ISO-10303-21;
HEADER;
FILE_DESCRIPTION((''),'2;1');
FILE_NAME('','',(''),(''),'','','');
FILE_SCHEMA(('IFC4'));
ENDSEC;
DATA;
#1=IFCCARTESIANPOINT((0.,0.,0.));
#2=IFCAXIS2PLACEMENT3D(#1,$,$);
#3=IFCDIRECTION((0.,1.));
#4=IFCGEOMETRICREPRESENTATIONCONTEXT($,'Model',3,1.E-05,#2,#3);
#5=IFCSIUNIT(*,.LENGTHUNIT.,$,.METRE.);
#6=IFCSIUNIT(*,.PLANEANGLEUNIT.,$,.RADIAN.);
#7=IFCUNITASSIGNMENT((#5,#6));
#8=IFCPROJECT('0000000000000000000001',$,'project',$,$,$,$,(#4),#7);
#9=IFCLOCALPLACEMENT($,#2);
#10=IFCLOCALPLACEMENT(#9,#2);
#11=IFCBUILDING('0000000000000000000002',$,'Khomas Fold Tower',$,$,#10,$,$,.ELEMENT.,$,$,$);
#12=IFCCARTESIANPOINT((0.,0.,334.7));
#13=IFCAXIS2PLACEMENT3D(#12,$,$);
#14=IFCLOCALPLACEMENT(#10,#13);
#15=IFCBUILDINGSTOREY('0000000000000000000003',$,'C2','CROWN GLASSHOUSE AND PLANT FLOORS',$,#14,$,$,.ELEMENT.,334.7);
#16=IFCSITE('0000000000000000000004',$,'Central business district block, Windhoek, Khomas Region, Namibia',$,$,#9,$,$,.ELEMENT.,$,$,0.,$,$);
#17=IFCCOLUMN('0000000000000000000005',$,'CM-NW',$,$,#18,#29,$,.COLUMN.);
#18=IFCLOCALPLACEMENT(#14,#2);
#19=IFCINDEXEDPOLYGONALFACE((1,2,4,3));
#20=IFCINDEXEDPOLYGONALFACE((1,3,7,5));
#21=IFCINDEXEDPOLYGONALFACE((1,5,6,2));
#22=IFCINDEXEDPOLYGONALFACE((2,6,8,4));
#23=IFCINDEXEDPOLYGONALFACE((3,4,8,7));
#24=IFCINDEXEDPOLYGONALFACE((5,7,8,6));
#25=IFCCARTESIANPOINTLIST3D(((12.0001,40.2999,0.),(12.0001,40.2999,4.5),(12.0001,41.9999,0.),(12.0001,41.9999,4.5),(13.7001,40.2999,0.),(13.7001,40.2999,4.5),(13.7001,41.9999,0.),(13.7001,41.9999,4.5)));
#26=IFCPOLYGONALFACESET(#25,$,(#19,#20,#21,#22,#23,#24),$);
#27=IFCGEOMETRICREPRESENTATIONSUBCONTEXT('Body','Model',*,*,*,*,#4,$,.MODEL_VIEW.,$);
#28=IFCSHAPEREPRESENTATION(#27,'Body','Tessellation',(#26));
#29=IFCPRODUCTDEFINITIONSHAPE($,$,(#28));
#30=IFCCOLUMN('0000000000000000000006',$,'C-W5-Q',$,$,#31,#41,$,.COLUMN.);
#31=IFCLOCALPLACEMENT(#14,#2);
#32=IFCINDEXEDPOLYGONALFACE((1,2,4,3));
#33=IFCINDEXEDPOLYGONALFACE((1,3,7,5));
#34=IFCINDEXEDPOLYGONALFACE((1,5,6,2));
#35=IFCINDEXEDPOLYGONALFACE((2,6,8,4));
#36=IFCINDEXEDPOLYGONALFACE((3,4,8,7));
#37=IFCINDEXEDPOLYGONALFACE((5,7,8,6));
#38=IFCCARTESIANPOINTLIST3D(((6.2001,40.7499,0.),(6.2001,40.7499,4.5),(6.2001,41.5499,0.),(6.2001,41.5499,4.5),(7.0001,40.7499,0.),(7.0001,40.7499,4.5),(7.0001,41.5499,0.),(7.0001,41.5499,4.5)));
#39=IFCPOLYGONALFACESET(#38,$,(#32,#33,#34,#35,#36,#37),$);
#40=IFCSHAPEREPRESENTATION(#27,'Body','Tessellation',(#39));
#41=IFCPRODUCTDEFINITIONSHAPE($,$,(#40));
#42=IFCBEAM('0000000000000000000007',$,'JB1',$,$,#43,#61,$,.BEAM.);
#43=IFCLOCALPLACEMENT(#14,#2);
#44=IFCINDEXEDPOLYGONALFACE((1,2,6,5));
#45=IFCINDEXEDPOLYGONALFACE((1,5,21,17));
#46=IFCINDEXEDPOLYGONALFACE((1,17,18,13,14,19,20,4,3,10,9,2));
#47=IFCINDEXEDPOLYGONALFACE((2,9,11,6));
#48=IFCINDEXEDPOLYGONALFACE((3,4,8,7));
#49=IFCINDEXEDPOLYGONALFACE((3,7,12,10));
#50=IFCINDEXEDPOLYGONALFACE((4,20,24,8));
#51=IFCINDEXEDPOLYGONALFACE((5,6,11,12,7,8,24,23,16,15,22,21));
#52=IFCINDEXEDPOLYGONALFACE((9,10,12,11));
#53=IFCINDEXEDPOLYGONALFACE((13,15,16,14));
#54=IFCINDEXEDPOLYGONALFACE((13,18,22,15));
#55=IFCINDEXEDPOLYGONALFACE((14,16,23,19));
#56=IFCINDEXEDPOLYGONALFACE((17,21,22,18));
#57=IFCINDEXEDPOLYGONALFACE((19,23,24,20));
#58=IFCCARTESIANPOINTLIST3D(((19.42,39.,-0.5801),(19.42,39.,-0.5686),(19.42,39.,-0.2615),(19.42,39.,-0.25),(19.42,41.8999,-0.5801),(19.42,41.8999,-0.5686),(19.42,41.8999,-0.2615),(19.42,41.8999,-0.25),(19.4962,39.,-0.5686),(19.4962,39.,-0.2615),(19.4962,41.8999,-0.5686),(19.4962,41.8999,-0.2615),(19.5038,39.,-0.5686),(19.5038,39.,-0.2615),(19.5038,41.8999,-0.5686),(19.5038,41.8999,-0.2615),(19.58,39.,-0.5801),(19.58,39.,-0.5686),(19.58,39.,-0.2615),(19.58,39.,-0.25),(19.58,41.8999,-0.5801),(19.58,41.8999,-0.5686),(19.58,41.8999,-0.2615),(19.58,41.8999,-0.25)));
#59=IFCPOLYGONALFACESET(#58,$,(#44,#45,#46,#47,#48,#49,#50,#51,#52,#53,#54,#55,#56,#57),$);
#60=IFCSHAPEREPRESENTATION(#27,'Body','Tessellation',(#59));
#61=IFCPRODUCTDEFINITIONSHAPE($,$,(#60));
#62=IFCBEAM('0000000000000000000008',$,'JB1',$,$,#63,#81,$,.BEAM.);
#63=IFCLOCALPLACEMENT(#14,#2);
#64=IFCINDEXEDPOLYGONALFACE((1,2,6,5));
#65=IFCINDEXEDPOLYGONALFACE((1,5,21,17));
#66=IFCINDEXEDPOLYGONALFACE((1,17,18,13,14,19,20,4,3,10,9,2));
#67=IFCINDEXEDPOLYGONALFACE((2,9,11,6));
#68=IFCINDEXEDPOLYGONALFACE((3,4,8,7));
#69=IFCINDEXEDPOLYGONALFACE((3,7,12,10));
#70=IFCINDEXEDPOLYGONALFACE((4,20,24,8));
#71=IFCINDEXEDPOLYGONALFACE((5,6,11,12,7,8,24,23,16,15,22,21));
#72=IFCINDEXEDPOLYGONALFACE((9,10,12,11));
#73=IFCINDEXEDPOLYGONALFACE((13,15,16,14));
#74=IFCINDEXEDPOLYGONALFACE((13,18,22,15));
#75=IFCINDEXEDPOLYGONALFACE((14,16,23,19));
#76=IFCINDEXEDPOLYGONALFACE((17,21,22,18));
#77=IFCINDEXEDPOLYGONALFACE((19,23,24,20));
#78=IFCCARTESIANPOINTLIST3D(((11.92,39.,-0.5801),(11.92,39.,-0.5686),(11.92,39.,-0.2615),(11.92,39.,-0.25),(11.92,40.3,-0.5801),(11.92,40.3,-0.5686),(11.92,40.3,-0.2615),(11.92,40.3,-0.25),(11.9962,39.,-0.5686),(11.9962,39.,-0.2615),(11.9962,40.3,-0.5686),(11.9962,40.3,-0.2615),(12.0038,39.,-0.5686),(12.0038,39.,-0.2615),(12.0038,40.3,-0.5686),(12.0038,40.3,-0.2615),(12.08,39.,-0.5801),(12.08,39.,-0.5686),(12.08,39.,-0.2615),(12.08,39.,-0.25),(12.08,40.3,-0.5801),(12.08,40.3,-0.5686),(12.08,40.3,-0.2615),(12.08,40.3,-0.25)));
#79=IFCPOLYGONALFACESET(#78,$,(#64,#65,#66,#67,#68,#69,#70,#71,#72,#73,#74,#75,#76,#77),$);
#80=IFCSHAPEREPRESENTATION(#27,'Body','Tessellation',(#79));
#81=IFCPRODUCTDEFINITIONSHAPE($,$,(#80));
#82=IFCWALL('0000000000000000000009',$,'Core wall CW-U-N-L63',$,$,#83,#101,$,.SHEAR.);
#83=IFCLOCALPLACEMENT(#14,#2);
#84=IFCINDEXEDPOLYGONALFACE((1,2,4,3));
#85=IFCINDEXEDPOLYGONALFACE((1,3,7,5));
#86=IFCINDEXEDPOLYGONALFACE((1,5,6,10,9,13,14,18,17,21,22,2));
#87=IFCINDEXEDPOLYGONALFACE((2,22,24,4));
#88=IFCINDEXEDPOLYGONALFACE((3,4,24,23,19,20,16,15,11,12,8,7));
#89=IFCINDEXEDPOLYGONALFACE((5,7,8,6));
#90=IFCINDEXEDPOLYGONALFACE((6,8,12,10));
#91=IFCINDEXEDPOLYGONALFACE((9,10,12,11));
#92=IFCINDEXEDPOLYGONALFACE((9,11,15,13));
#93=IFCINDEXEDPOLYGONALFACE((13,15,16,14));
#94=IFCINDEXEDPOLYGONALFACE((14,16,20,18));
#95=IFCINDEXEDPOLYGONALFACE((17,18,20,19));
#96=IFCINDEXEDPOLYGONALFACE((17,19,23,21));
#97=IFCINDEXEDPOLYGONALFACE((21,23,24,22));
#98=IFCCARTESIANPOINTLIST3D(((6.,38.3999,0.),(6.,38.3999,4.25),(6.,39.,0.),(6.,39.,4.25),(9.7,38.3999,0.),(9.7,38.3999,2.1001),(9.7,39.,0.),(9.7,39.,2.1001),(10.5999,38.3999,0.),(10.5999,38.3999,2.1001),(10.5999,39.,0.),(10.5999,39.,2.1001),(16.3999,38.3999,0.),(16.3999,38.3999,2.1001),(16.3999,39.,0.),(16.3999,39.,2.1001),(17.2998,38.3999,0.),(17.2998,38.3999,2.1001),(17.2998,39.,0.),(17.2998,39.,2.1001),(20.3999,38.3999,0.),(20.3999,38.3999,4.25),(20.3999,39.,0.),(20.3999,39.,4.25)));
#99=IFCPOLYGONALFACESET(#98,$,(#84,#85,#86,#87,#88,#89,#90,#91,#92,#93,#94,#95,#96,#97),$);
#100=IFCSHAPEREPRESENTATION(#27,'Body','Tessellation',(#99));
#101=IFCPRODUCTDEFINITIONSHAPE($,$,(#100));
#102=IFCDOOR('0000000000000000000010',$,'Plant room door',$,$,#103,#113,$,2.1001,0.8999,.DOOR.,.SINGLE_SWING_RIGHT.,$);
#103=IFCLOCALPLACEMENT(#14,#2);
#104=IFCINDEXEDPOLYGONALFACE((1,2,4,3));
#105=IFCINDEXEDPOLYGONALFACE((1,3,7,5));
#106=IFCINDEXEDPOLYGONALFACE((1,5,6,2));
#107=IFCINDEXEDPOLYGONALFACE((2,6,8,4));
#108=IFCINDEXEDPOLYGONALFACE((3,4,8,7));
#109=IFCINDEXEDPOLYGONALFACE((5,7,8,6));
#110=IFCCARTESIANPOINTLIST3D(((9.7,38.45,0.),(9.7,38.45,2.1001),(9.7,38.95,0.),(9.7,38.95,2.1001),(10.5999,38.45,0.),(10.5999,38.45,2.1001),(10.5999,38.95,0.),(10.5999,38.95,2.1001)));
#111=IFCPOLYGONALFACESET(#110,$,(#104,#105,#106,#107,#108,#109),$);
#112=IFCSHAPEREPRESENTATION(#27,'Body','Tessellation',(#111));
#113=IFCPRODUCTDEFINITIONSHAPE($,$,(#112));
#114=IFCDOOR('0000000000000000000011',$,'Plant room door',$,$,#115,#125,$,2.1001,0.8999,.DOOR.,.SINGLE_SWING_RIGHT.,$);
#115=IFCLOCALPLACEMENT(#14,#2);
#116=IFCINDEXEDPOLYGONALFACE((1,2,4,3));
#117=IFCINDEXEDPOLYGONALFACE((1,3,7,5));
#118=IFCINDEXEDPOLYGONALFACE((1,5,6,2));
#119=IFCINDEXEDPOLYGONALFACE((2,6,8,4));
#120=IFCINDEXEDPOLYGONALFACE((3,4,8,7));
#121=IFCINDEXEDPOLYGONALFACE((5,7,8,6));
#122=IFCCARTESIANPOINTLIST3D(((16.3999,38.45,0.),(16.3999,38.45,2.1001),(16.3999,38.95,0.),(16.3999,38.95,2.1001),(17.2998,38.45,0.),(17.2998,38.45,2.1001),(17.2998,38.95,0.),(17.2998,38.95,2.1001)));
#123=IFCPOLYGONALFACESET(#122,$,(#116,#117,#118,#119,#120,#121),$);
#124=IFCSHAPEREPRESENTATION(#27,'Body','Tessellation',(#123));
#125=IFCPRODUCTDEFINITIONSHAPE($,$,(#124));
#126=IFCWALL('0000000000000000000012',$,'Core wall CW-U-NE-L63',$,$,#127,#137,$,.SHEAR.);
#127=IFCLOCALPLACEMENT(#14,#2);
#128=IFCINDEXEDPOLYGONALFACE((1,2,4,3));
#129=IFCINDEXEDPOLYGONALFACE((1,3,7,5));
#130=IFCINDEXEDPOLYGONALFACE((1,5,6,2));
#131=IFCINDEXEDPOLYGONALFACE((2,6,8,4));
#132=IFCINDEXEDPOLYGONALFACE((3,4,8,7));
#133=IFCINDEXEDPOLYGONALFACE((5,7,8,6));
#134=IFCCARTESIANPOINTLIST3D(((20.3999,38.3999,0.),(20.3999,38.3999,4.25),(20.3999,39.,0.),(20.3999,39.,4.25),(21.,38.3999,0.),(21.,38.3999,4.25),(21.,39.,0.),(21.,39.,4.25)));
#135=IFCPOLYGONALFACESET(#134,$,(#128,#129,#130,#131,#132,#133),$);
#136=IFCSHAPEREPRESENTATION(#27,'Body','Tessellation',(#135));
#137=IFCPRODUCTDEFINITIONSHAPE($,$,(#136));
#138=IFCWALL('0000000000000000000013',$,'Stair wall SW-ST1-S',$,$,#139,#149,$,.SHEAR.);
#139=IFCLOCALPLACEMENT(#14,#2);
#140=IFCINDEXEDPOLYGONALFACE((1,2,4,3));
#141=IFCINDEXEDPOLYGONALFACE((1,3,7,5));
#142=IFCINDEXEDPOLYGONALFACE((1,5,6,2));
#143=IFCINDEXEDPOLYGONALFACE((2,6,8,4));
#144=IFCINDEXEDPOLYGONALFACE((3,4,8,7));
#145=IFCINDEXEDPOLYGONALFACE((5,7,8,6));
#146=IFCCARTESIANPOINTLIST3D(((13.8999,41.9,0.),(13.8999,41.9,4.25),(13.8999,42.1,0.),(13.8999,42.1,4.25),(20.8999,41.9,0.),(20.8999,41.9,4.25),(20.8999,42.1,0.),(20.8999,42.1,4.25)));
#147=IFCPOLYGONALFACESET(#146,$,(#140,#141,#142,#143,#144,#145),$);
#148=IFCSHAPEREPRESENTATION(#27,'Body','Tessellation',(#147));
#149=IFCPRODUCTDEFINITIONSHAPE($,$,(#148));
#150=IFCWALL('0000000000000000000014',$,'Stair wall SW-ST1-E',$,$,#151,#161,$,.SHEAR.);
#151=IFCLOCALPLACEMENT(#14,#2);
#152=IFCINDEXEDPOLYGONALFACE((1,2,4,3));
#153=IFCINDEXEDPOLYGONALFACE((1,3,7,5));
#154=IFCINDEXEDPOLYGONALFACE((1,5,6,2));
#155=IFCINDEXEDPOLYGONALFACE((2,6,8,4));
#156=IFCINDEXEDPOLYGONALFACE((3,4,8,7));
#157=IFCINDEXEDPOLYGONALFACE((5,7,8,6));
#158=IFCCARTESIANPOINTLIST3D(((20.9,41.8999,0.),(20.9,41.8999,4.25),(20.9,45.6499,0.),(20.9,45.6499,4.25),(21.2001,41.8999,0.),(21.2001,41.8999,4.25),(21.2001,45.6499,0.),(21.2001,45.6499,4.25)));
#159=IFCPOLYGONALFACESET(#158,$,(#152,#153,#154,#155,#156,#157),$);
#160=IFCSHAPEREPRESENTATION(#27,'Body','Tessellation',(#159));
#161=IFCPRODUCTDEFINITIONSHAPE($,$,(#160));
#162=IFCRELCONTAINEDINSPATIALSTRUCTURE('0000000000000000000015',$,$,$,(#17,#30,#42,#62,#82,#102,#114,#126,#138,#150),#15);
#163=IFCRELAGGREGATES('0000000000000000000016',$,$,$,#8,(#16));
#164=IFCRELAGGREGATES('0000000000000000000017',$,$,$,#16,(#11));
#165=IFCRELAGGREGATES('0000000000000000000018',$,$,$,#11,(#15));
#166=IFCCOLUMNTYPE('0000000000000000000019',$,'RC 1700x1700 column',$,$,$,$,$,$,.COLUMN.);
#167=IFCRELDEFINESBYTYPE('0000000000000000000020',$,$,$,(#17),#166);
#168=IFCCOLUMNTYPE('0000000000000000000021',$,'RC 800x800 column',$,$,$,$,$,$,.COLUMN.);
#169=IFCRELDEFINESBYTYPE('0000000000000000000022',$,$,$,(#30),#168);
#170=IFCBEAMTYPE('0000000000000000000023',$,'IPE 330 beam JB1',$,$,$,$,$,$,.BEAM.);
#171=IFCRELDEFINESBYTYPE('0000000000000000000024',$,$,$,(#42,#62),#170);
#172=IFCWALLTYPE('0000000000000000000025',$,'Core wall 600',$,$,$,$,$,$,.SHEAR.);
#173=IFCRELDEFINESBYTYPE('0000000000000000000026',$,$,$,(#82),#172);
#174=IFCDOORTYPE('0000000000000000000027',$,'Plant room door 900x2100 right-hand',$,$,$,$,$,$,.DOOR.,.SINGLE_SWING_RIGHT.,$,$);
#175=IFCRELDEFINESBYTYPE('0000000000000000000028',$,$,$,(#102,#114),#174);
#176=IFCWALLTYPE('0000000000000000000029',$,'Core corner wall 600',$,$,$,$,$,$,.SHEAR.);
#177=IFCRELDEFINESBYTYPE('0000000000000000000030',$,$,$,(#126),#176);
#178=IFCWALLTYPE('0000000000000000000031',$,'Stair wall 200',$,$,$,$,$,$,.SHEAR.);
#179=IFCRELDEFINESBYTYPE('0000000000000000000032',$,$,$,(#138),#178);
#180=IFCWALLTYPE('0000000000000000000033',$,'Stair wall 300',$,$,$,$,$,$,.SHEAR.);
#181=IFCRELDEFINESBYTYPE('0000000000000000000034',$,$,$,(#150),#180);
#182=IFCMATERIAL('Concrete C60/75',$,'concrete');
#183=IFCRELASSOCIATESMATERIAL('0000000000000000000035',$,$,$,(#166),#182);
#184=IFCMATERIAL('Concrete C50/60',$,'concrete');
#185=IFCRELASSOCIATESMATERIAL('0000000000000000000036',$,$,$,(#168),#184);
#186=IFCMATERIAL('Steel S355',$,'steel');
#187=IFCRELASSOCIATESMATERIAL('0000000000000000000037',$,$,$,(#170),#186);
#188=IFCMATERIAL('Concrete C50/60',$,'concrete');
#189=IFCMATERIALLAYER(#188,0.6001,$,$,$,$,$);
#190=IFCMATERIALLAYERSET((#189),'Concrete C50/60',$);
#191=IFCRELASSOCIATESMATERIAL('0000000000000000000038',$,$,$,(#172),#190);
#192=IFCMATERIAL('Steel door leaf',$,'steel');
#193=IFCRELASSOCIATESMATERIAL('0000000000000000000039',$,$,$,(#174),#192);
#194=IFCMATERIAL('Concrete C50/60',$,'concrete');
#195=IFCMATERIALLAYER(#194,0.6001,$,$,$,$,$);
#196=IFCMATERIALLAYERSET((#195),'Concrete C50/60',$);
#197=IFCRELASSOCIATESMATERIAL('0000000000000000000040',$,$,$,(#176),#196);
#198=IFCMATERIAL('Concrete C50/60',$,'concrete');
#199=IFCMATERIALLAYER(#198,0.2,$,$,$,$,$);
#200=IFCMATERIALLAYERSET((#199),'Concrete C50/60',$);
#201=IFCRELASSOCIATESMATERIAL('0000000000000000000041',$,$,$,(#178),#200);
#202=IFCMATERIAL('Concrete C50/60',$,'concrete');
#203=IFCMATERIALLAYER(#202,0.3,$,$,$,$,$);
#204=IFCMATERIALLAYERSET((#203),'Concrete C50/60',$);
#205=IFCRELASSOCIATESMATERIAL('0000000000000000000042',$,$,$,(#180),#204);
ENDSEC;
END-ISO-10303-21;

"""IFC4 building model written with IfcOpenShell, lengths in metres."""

from ifc_helpers import new_model, si_unit, direction, frame, frame_2d, origin, origin_2d, place, context, subcontext, project, spatial, rectangle, i_section, extrude, source, transform, mapped, material, layer, layer_set, material_profile, profile_set, type_object, element, fill, save


model = new_model("IFC4")

# Units and contexts
model_context = context("Model", 3, precision=1e-05, world=origin(), true_north=direction((0.0, 1.0)))
body_context = subcontext(model_context, "Body", "Model", "MODEL_VIEW")
ifc_project = project(units=[si_unit("LENGTHUNIT", "METRE"), si_unit("PLANEANGLEUNIT", "RADIAN")], contexts=[model_context])

# Site, building, storey
site_placement = place(None, origin())
site = spatial("IfcSite", under=ifc_project, at=site_placement, Name="Central business district block, Windhoek, Khomas Region, Namibia", CompositionType="ELEMENT", RefElevation=0.0)
building_placement = place(site_placement, origin())
building = spatial("IfcBuilding", under=site, at=building_placement, Name="Khomas Fold Tower", CompositionType="ELEMENT")
storey_placement = place(building_placement, frame((0.0, 0.0, 334.7)))
storey = spatial("IfcBuildingStorey", under=building, at=storey_placement, Name="C2", Description="CROWN GLASSHOUSE AND PLANT FLOORS", CompositionType="ELEMENT", Elevation=334.7)

# Columns
ifc_material_1 = material(Name="Concrete C60/75", Category="concrete")
ifc_material_profile_1 = material_profile(ifc_material_1, rectangle(XDim=1.7, YDim=1.7, at=origin_2d()), Name="RC 1700x1700")
ifc_profile_set_1 = profile_set([ifc_material_profile_1], Name="Concrete C60/75")
column_type_1 = type_object("IfcColumnType", Name="RC 1700x1700 column", PredefinedType="COLUMN", material=ifc_profile_set_1)
shared_shape_1 = source(origin(), body_context, "Body", "SweptSolid", [
    extrude(rectangle(XDim=1.7, YDim=1.7, at=origin_2d()), origin(), (0.0, 0.0, 1.0), 4.5),
])
column_1_placement = place(storey_placement, frame((12.8501, 41.1499, 0.0), z_axis=(0.0, 0.0, 1.0), x_axis=(1.0, 0.0, 0.0)))
element("IfcColumn", 1, at=column_1_placement, inside=storey, type_object=column_type_1, Name="CM-NW", PredefinedType="COLUMN", context=body_context, shape_type="MappedRepresentation", body=[
    mapped(shared_shape_1, transform((0.0, 0.0, 0.0))),
])
ifc_material_2 = material(Name="Concrete C50/60", Category="concrete")
ifc_material_profile_2 = material_profile(ifc_material_2, rectangle(XDim=0.8, YDim=0.8, at=origin_2d()), Name="RC 800x800")
ifc_profile_set_2 = profile_set([ifc_material_profile_2], Name="Concrete C50/60")
column_type_2 = type_object("IfcColumnType", Name="RC 800x800 column", PredefinedType="COLUMN", material=ifc_profile_set_2)
shared_shape_2 = source(origin(), body_context, "Body", "SweptSolid", [
    extrude(rectangle(XDim=0.8, YDim=0.8, at=origin_2d()), origin(), (0.0, 0.0, 1.0), 4.5),
])
column_2_placement = place(storey_placement, frame((6.6001, 41.1499, 0.0), z_axis=(0.0, 0.0, 1.0), x_axis=(1.0, 0.0, 0.0)))
element("IfcColumn", 2, at=column_2_placement, inside=storey, type_object=column_type_2, Name="C-W5-Q", PredefinedType="COLUMN", context=body_context, shape_type="MappedRepresentation", body=[
    mapped(shared_shape_2, transform((0.0, 0.0, 0.0))),
])

# Beams
ifc_material_3 = material(Name="Steel S355", Category="steel")
ifc_material_profile_3 = material_profile(ifc_material_3, i_section(OverallWidth=0.1599, OverallDepth=0.3301, WebThickness=0.0076, FlangeThickness=0.0115, at=origin_2d()), Name="IPE 330")
ifc_profile_set_3 = profile_set([ifc_material_profile_3], Name="Steel S355")
beam_type = type_object("IfcBeamType", Name="IPE 330 beam JB1", PredefinedType="BEAM", material=ifc_profile_set_3)
shared_shape_3 = source(origin(), body_context, "Body", "SweptSolid", [
    extrude(i_section(OverallWidth=0.1599, OverallDepth=0.3301, WebThickness=0.0076, FlangeThickness=0.0115, at=origin_2d()), origin(), (0.0, 0.0, 1.0), 2.8999),
])
beam_1_placement = place(storey_placement, frame((19.5, 39.0, -0.415), z_axis=(0.0, 1.0, 0.0), x_axis=(-1.0, 0.0, 0.0)))
element("IfcBeam", 3, at=beam_1_placement, inside=storey, type_object=beam_type, Name="JB1", PredefinedType="BEAM", context=body_context, shape_type="MappedRepresentation", body=[
    mapped(shared_shape_3, transform((0.0, 0.0, 0.0))),
])
shared_shape_4 = source(origin(), body_context, "Body", "SweptSolid", [
    extrude(i_section(OverallWidth=0.1599, OverallDepth=0.3301, WebThickness=0.0076, FlangeThickness=0.0115, at=origin_2d()), origin(), (0.0, 0.0, 1.0), 1.3),
])
beam_2_placement = place(storey_placement, frame((12.0, 39.0, -0.415), z_axis=(0.0, 1.0, 0.0), x_axis=(-1.0, 0.0, 0.0)))
element("IfcBeam", 4, at=beam_2_placement, inside=storey, type_object=beam_type, Name="JB1", PredefinedType="BEAM", context=body_context, shape_type="MappedRepresentation", body=[
    mapped(shared_shape_4, transform((0.0, 0.0, 0.0))),
])

# Wall, openings, doors
ifc_material_4 = material(Name="Concrete C50/60", Category="concrete")
ifc_layer_1 = layer(ifc_material_4, 0.6001)
ifc_layer_set_1 = layer_set([ifc_layer_1], Name="Concrete C50/60")
wall_type_1 = type_object("IfcWallType", Name="Core wall 600", PredefinedType="SHEAR", material=ifc_layer_set_1)
shared_shape_5 = source(origin(), body_context, "Body", "SweptSolid", [
    extrude(rectangle(XDim=14.3999, YDim=0.6001, at=frame_2d((7.2, 0.0))), origin(), (0.0, 0.0, 1.0), 4.25),
])
wall_1_placement = place(storey_placement, frame((6.0, 38.7, 0.0), z_axis=(0.0, 0.0, 1.0), x_axis=(1.0, 0.0, 0.0)))
wall_1 = element("IfcWall", 5, at=wall_1_placement, inside=storey, type_object=wall_type_1, Name="Core wall CW-U-N-L63", PredefinedType="SHEAR", context=body_context, shape_type="MappedRepresentation", body=[
    mapped(shared_shape_5, transform((0.0, 0.0, 0.0))),
])
shared_shape_6 = source(origin(), body_context, "Body", "SweptSolid", [
    extrude(rectangle(XDim=0.8999, YDim=2.1001, at=frame_2d((0.45, 1.05))), frame((0.0, 0.3101, 0.0), z_axis=(0.0, -1.0, 0.0), x_axis=(1.0, 0.0, 0.0)), (0.0, 0.0, 1.0), 0.6201),
])
opening_1_placement = place(wall_1_placement, frame((3.7, 0.0, 0.0)))
opening_1 = element("IfcOpeningElement", 6, at=opening_1_placement, cuts=wall_1, PredefinedType="OPENING", context=body_context, shape_type="MappedRepresentation", body=[
    mapped(shared_shape_6, transform((0.0, 0.0, 0.0))),
])
opening_2_placement = place(wall_1_placement, frame((10.3999, 0.0, 0.0)))
opening_2 = element("IfcOpeningElement", 7, at=opening_2_placement, cuts=wall_1, PredefinedType="OPENING", context=body_context, shape_type="MappedRepresentation", body=[
    mapped(shared_shape_6, transform((0.0, 0.0, 0.0))),
])
ifc_material_5 = material(Name="Steel door leaf", Category="steel")
door_type = type_object("IfcDoorType", Name="Plant room door 900x2100 right-hand", OperationType="SINGLE_SWING_RIGHT", PredefinedType="DOOR", material=ifc_material_5)
shared_shape_7 = source(origin(), body_context, "Body", "SweptSolid", [
    extrude(rectangle(XDim=0.8999, YDim=2.1001, at=frame_2d((0.45, 1.05))), frame((0.0, 0.25, 0.0), z_axis=(0.0, -1.0, 0.0), x_axis=(1.0, 0.0, 0.0)), (0.0, 0.0, 1.0), 0.5),
])
door_1_placement = place(opening_1_placement, origin())
door_1 = element("IfcDoor", 8, at=door_1_placement, inside=storey, type_object=door_type, Name="Plant room door", OperationType="SINGLE_SWING_RIGHT", OverallHeight=2.1001, OverallWidth=0.8999, PredefinedType="DOOR", context=body_context, shape_type="MappedRepresentation", body=[
    mapped(shared_shape_7, transform((0.0, 0.0, 0.0))),
])
fill(opening_1, door_1)
door_2_placement = place(opening_2_placement, origin())
door_2 = element("IfcDoor", 9, at=door_2_placement, inside=storey, type_object=door_type, Name="Plant room door", OperationType="SINGLE_SWING_RIGHT", OverallHeight=2.1001, OverallWidth=0.8999, PredefinedType="DOOR", context=body_context, shape_type="MappedRepresentation", body=[
    mapped(shared_shape_7, transform((0.0, 0.0, 0.0))),
])
fill(opening_2, door_2)

# Walls
ifc_material_6 = material(Name="Concrete C50/60", Category="concrete")
ifc_layer_2 = layer(ifc_material_6, 0.6001)
ifc_layer_set_2 = layer_set([ifc_layer_2], Name="Concrete C50/60")
wall_type_2 = type_object("IfcWallType", Name="Core corner wall 600", PredefinedType="SHEAR", material=ifc_layer_set_2)
shared_shape_8 = source(origin(), body_context, "Body", "SweptSolid", [
    extrude(rectangle(XDim=0.6001, YDim=0.6001, at=frame_2d((0.3, 0.0))), origin(), (0.0, 0.0, 1.0), 4.25),
])
wall_2_placement = place(storey_placement, frame((20.3999, 38.7, 0.0), z_axis=(0.0, 0.0, 1.0), x_axis=(1.0, 0.0, 0.0)))
element("IfcWall", 10, at=wall_2_placement, inside=storey, type_object=wall_type_2, Name="Core wall CW-U-NE-L63", PredefinedType="SHEAR", context=body_context, shape_type="MappedRepresentation", body=[
    mapped(shared_shape_8, transform((0.0, 0.0, 0.0))),
])
ifc_material_7 = material(Name="Concrete C50/60", Category="concrete")
ifc_layer_3 = layer(ifc_material_7, 0.2)
ifc_layer_set_3 = layer_set([ifc_layer_3], Name="Concrete C50/60")
wall_type_3 = type_object("IfcWallType", Name="Stair wall 200", PredefinedType="SHEAR", material=ifc_layer_set_3)
shared_shape_9 = source(origin(), body_context, "Body", "SweptSolid", [
    extrude(rectangle(XDim=7.0, YDim=0.2, at=frame_2d((3.5, 0.0))), origin(), (0.0, 0.0, 1.0), 4.25),
])
wall_3_placement = place(storey_placement, frame((13.8999, 42.0, 0.0), z_axis=(0.0, 0.0, 1.0), x_axis=(1.0, 0.0, 0.0)))
element("IfcWall", 11, at=wall_3_placement, inside=storey, type_object=wall_type_3, Name="Stair wall SW-ST1-S", PredefinedType="SHEAR", context=body_context, shape_type="MappedRepresentation", body=[
    mapped(shared_shape_9, transform((0.0, 0.0, 0.0))),
])
ifc_material_8 = material(Name="Concrete C50/60", Category="concrete")
ifc_layer_4 = layer(ifc_material_8, 0.3)
ifc_layer_set_4 = layer_set([ifc_layer_4], Name="Concrete C50/60")
wall_type_4 = type_object("IfcWallType", Name="Stair wall 300", PredefinedType="SHEAR", material=ifc_layer_set_4)
shared_shape_10 = source(origin(), body_context, "Body", "SweptSolid", [
    extrude(rectangle(XDim=3.75, YDim=0.3, at=frame_2d((1.875, 0.0))), origin(), (0.0, 0.0, 1.0), 4.25),
])
wall_4_placement = place(storey_placement, frame((21.05, 41.8999, 0.0), z_axis=(0.0, 0.0, 1.0), x_axis=(0.0, 1.0, 0.0)))
element("IfcWall", 12, at=wall_4_placement, inside=storey, type_object=wall_type_4, Name="Stair wall SW-ST1-E", PredefinedType="SHEAR", context=body_context, shape_type="MappedRepresentation", body=[
    mapped(shared_shape_10, transform((0.0, 0.0, 0.0))),
])

save(model, "model.ifc")
